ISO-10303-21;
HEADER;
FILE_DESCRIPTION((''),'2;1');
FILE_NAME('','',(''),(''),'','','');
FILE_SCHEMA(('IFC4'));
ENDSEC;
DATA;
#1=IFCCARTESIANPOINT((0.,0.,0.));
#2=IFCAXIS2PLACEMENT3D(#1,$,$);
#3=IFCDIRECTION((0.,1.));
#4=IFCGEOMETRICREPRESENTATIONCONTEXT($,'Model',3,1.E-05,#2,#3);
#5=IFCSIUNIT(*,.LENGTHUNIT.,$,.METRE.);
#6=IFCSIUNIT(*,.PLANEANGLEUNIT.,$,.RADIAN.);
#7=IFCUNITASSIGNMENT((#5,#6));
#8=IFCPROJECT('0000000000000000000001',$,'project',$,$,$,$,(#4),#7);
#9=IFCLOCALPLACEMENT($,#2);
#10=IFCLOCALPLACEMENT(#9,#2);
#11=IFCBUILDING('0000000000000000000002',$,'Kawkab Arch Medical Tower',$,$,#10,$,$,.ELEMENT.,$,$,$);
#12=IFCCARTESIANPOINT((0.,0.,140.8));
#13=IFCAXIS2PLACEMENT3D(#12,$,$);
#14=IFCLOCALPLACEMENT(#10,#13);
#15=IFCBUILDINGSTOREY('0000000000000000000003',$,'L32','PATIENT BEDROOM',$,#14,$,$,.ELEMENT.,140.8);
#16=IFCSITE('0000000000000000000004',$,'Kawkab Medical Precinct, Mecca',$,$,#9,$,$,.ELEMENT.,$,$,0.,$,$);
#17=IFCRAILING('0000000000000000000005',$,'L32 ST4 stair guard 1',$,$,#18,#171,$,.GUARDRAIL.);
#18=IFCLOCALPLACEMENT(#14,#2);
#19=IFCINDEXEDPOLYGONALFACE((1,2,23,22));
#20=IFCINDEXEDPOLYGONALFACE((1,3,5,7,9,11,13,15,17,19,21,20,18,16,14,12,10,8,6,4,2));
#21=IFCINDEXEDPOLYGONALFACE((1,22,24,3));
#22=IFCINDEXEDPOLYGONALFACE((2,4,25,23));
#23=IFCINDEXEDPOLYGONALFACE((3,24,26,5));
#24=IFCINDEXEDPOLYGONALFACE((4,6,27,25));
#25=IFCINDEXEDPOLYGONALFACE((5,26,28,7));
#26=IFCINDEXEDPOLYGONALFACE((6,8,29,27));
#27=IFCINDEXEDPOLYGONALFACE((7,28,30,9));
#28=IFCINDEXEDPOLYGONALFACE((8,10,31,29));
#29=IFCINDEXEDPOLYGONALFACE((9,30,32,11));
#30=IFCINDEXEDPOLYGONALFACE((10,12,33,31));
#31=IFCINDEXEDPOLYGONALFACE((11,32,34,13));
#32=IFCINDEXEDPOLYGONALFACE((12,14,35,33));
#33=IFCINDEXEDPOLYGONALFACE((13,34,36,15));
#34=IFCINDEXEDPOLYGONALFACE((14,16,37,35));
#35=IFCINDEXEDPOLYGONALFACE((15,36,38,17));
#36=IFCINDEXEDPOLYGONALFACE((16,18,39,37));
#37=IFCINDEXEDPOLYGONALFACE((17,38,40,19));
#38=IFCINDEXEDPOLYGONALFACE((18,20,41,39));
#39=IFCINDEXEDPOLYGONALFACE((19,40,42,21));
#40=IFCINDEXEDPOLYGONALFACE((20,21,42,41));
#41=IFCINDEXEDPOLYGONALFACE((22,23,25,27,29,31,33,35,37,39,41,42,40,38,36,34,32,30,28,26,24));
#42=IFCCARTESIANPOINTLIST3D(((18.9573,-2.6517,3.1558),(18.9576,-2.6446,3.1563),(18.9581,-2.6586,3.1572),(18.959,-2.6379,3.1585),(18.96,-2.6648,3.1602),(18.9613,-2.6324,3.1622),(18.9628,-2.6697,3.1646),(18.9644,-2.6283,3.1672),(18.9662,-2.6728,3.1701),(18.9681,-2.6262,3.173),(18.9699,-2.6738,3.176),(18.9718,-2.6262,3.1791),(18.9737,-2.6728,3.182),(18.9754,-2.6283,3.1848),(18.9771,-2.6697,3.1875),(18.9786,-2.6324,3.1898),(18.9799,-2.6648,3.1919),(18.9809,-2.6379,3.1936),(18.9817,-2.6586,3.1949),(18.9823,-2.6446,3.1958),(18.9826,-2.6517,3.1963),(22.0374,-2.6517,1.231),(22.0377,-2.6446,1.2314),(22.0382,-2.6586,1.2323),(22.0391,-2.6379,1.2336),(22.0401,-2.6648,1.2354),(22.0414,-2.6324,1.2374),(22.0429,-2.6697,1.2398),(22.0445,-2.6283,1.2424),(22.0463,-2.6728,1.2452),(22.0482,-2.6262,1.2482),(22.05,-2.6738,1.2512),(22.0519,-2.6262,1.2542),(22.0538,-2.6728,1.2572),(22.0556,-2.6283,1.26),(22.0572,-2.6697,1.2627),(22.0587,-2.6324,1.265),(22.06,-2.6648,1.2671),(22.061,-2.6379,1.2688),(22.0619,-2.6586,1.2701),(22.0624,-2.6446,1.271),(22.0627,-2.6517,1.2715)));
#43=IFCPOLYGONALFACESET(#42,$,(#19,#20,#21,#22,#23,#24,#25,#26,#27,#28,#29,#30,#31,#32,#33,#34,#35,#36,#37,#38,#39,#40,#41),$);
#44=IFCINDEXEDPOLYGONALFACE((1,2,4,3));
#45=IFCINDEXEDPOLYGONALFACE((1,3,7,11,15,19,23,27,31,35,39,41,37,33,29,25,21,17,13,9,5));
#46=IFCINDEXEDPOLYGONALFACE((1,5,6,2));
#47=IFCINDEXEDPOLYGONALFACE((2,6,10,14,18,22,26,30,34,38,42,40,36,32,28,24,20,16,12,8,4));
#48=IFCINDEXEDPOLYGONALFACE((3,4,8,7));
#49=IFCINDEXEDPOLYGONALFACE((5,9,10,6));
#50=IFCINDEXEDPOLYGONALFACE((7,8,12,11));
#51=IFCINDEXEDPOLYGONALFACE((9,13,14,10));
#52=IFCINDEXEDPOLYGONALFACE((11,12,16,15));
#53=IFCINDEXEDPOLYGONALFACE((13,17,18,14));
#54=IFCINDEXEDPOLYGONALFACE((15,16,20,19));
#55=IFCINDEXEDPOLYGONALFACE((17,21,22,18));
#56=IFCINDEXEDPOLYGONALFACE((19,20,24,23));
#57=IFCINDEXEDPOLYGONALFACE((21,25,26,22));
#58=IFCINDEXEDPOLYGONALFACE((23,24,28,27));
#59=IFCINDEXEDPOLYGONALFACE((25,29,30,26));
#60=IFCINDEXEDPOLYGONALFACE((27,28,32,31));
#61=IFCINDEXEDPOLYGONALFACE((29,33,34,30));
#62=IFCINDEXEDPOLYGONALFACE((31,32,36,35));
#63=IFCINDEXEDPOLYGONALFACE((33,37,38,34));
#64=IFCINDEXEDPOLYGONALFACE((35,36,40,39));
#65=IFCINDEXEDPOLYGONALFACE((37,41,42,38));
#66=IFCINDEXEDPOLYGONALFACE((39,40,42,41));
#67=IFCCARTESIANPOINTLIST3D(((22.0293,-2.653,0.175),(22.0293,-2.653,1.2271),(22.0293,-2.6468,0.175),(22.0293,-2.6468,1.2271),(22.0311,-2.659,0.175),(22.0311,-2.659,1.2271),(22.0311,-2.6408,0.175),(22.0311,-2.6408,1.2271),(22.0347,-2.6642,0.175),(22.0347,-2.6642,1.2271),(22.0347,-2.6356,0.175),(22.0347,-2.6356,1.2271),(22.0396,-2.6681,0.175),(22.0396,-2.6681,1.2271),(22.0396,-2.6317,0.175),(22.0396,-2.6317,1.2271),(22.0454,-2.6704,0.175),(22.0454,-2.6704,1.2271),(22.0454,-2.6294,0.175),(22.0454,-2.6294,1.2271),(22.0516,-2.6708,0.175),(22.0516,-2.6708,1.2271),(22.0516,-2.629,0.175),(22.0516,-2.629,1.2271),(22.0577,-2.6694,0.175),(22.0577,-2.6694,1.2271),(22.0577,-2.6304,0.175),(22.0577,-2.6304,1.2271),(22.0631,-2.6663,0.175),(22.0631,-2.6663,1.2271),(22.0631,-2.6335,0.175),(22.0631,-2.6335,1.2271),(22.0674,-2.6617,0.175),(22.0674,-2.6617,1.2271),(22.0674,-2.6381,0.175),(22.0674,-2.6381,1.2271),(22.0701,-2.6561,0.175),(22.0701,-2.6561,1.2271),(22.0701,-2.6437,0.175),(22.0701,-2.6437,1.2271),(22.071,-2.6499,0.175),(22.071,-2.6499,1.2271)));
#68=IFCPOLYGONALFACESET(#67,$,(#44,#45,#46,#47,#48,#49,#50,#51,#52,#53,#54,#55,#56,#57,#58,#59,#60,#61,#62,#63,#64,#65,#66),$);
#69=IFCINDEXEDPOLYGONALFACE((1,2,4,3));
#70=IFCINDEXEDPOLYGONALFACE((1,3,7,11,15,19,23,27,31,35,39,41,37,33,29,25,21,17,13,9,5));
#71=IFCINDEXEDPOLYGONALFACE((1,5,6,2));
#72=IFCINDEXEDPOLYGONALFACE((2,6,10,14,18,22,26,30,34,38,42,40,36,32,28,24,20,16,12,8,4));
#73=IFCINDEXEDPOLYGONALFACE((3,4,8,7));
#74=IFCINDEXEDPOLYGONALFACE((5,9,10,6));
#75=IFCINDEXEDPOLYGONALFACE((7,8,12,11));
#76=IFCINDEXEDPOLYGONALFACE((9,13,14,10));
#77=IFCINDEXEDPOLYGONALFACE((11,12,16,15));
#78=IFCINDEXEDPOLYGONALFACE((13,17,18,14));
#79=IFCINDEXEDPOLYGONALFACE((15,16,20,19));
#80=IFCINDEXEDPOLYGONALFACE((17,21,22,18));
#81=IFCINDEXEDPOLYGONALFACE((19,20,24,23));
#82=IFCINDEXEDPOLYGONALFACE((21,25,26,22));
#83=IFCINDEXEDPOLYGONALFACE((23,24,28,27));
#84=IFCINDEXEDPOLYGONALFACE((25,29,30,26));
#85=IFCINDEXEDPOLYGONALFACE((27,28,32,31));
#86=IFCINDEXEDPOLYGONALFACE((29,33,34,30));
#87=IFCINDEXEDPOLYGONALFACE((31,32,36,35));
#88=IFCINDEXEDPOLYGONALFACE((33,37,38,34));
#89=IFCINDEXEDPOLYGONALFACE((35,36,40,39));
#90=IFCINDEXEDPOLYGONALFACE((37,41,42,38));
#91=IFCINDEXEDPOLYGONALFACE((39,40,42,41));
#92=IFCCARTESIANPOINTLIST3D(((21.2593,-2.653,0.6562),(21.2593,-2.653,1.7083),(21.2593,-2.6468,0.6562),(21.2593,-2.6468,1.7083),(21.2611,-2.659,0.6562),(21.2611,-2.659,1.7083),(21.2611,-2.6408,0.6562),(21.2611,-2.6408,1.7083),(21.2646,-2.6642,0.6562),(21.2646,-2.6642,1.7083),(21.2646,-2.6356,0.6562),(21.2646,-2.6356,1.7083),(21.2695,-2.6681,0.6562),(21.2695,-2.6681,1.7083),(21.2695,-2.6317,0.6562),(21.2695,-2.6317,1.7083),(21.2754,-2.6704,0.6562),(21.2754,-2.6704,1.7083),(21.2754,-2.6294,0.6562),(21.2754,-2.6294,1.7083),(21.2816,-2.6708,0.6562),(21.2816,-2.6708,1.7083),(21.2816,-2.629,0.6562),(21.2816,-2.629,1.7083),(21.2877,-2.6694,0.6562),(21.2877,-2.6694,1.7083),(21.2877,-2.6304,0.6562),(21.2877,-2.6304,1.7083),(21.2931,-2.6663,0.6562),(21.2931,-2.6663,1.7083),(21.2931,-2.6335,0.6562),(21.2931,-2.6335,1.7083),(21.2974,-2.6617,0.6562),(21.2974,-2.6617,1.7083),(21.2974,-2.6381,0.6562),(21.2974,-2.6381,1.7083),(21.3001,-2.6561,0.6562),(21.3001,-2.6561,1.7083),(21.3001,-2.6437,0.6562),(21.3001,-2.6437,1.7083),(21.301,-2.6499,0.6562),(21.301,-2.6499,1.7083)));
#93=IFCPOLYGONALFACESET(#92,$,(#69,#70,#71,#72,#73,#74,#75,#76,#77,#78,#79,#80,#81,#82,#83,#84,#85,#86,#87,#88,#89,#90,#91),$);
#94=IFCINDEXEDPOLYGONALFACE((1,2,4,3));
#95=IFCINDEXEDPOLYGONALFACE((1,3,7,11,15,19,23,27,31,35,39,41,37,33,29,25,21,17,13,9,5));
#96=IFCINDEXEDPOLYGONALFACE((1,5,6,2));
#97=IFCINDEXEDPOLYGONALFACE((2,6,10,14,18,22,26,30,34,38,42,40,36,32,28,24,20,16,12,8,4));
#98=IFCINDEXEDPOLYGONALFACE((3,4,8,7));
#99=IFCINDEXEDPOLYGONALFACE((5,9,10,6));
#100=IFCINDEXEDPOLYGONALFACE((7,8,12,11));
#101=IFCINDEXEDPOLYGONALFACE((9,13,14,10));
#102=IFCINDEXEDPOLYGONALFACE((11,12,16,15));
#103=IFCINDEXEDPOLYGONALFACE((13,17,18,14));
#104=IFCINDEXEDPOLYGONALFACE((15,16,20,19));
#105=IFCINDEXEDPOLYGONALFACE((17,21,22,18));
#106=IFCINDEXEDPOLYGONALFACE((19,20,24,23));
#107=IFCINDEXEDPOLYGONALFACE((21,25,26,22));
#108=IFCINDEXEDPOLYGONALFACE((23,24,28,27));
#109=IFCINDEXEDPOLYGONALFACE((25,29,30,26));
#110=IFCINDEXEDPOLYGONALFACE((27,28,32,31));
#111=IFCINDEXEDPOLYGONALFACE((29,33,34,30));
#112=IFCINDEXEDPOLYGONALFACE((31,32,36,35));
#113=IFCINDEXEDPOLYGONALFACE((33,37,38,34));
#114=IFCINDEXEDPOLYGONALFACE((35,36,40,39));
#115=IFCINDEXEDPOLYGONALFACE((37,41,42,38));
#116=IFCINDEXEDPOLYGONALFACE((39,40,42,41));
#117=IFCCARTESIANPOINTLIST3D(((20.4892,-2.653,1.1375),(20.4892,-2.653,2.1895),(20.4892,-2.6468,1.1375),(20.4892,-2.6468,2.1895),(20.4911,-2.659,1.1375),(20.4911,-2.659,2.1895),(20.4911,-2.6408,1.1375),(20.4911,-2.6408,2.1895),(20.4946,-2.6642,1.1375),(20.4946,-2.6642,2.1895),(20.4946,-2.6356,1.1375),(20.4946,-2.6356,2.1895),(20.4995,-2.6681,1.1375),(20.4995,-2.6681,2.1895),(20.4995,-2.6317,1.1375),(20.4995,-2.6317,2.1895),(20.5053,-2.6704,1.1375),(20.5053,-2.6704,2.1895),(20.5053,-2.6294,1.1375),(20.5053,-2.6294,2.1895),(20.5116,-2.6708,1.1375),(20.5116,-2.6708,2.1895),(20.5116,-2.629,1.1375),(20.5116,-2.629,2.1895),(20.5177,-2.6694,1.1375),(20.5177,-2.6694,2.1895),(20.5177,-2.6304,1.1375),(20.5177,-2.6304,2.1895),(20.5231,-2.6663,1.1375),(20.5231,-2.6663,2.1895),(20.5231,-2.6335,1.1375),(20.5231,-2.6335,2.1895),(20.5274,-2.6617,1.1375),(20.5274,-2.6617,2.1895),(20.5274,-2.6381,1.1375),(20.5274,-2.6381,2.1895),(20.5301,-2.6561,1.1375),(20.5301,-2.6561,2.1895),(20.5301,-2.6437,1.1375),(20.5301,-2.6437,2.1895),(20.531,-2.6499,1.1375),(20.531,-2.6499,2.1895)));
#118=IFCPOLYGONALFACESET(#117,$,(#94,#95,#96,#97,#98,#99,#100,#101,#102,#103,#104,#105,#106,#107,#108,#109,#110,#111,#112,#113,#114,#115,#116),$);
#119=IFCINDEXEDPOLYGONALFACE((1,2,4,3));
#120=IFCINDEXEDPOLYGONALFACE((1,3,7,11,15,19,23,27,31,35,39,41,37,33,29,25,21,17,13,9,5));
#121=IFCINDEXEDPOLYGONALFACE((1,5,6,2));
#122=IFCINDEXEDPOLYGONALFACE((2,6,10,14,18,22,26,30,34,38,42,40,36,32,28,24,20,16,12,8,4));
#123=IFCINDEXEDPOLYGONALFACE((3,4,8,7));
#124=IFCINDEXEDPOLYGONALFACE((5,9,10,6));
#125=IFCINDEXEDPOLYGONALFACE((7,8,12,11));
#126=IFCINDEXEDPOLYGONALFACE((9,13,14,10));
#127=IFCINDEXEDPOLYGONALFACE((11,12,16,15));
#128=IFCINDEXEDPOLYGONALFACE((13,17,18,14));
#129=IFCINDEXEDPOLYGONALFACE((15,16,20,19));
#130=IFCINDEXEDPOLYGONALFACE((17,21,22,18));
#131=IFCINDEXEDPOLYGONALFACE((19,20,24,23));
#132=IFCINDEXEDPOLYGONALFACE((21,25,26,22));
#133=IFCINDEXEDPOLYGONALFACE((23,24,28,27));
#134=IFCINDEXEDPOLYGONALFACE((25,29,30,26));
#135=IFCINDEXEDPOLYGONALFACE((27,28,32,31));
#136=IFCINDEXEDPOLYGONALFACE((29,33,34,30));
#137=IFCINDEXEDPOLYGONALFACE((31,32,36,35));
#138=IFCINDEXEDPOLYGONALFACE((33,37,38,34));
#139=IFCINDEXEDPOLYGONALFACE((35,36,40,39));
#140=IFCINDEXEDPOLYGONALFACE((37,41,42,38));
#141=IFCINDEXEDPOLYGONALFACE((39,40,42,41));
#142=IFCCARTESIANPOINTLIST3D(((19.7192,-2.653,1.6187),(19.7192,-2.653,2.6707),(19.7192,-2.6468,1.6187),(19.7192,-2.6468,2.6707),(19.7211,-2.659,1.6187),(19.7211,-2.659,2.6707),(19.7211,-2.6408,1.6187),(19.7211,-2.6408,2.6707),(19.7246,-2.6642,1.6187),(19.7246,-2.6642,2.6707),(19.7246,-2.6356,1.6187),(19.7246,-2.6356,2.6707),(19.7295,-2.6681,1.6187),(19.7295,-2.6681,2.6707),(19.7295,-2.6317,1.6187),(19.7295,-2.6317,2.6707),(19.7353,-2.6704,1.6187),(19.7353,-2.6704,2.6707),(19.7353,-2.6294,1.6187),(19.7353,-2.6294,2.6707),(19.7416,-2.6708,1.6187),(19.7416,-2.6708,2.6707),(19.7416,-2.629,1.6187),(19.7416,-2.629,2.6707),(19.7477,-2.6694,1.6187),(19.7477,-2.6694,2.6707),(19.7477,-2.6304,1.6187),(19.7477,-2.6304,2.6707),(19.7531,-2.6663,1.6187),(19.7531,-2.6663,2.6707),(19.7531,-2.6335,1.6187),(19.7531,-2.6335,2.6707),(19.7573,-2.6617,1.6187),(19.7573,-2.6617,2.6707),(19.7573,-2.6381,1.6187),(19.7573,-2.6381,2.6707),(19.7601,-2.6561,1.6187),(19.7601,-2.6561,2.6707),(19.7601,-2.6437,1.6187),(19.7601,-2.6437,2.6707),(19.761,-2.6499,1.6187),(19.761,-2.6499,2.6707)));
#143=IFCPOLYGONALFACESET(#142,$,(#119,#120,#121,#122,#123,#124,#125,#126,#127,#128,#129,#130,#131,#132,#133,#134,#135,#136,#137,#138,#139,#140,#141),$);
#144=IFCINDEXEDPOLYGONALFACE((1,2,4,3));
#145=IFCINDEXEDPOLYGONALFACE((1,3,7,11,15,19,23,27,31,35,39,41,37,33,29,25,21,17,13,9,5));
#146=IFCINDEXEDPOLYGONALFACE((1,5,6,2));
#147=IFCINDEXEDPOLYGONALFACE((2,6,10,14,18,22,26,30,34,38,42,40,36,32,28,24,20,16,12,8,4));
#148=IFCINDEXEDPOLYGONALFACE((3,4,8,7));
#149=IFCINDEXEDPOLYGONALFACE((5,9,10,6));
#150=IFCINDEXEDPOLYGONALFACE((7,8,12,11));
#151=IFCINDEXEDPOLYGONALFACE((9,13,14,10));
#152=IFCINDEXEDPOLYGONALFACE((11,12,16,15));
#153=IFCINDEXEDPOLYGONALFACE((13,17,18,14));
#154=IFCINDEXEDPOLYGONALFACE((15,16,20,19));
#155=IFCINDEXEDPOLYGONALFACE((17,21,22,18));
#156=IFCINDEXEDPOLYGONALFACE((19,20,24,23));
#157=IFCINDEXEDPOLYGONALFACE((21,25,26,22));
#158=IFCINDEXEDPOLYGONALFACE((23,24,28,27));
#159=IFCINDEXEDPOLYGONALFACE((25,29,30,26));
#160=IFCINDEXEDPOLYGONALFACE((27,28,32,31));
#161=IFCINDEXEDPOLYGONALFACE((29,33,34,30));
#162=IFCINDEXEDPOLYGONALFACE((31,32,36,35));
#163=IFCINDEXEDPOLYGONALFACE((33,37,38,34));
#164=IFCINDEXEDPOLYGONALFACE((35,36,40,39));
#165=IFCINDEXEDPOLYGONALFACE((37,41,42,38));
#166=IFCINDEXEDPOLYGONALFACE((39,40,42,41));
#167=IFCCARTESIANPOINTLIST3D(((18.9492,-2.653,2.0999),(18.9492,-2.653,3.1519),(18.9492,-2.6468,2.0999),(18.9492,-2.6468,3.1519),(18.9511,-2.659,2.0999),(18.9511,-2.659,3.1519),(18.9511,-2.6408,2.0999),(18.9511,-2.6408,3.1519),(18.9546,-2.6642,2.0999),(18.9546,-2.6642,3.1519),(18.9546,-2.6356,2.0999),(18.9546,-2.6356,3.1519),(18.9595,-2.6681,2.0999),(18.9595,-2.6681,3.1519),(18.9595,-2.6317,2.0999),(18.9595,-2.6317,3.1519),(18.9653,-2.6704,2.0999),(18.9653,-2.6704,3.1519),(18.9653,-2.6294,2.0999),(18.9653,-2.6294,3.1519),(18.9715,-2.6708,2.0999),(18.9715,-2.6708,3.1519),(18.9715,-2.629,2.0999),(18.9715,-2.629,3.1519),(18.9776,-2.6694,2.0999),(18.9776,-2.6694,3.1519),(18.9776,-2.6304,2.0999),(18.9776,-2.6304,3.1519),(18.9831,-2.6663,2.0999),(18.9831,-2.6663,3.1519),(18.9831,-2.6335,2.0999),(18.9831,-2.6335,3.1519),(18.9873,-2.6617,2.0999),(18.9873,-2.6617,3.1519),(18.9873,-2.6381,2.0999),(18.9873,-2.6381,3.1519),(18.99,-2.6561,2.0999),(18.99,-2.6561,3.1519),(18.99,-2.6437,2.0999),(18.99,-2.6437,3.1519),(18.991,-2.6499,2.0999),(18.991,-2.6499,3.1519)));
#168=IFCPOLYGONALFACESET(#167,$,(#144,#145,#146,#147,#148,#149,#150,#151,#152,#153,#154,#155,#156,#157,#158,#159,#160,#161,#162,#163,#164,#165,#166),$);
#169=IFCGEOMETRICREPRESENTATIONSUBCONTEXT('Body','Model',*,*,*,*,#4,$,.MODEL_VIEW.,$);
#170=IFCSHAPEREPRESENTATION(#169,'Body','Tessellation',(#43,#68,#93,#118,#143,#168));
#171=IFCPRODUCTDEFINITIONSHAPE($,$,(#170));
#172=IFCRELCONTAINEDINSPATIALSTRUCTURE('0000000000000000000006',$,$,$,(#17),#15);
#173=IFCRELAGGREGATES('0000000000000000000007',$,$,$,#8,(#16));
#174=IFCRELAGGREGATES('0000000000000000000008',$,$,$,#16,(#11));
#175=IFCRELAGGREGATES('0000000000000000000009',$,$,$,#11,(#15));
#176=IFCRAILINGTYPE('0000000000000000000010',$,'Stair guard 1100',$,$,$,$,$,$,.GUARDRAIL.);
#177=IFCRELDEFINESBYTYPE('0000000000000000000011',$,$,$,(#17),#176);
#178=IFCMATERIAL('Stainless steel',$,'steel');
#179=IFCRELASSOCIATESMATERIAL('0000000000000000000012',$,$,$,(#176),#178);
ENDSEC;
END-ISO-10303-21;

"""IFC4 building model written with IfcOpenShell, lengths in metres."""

from ifc_helpers import new_model, si_unit, direction, frame, origin, origin_2d, place, context, subcontext, project, spatial, circle, extrude, material, type_object, element, save


model = new_model("IFC4")

# Units and contexts
model_context = context("Model", 3, precision=1e-05, world=origin(), true_north=direction((0.0, 1.0)))
body_context = subcontext(model_context, "Body", "Model", "MODEL_VIEW")
ifc_project = project(units=[si_unit("LENGTHUNIT", "METRE"), si_unit("PLANEANGLEUNIT", "RADIAN")], contexts=[model_context])

# Site, building, storey
site_placement = place(None, origin())
site = spatial("IfcSite", under=ifc_project, at=site_placement, Name="Kawkab Medical Precinct, Mecca", CompositionType="ELEMENT", RefElevation=0.0)
building_placement = place(site_placement, origin())
building = spatial("IfcBuilding", under=site, at=building_placement, Name="Kawkab Arch Medical Tower", CompositionType="ELEMENT")
storey_placement = place(building_placement, frame((0.0, 0.0, 140.8)))
storey = spatial("IfcBuildingStorey", under=building, at=storey_placement, Name="L32", Description="PATIENT BEDROOM", CompositionType="ELEMENT", Elevation=140.8)

# Railing
ifc_material_1 = material(Name="Stainless steel", Category="steel")
railing_type_1 = type_object("IfcRailingType", Name="Stair guard 1100", PredefinedType="GUARDRAIL", material=ifc_material_1)
railing_1_placement = place(storey_placement, frame((22.05, -2.6499, 0.175)))
element("IfcRailing", 1, at=railing_1_placement, inside=storey, type_object=railing_type_1, Name="L32 ST4 stair guard 1", PredefinedType="GUARDRAIL", context=body_context, shape_type="SweptSolid", body=[
    extrude(circle(Radius=0.0239, at=origin_2d()), frame((0.0, 0.0, 1.0762), z_axis=(-0.848029, 0.0, 0.529951), x_axis=(0.0, -1.0, 0.0)), (0.0, 0.0, 1.0), 3.6321),
    extrude(circle(Radius=0.021, at=origin_2d()), origin(), (0.0, 0.0, 1.0), 1.052),
    extrude(circle(Radius=0.021, at=origin_2d()), frame((-0.77, 0.0, 0.4812)), (0.0, 0.0, 1.0), 1.052),
    extrude(circle(Radius=0.021, at=origin_2d()), frame((-1.54, 0.0, 0.9624)), (0.0, 0.0, 1.0), 1.052),
    extrude(circle(Radius=0.021, at=origin_2d()), frame((-2.3101, 0.0, 1.4436)), (0.0, 0.0, 1.0), 1.052),
    extrude(circle(Radius=0.021, at=origin_2d()), frame((-3.0801, 0.0, 1.9248)), (0.0, 0.0, 1.0), 1.052),
])

save(model, "model.ifc")
